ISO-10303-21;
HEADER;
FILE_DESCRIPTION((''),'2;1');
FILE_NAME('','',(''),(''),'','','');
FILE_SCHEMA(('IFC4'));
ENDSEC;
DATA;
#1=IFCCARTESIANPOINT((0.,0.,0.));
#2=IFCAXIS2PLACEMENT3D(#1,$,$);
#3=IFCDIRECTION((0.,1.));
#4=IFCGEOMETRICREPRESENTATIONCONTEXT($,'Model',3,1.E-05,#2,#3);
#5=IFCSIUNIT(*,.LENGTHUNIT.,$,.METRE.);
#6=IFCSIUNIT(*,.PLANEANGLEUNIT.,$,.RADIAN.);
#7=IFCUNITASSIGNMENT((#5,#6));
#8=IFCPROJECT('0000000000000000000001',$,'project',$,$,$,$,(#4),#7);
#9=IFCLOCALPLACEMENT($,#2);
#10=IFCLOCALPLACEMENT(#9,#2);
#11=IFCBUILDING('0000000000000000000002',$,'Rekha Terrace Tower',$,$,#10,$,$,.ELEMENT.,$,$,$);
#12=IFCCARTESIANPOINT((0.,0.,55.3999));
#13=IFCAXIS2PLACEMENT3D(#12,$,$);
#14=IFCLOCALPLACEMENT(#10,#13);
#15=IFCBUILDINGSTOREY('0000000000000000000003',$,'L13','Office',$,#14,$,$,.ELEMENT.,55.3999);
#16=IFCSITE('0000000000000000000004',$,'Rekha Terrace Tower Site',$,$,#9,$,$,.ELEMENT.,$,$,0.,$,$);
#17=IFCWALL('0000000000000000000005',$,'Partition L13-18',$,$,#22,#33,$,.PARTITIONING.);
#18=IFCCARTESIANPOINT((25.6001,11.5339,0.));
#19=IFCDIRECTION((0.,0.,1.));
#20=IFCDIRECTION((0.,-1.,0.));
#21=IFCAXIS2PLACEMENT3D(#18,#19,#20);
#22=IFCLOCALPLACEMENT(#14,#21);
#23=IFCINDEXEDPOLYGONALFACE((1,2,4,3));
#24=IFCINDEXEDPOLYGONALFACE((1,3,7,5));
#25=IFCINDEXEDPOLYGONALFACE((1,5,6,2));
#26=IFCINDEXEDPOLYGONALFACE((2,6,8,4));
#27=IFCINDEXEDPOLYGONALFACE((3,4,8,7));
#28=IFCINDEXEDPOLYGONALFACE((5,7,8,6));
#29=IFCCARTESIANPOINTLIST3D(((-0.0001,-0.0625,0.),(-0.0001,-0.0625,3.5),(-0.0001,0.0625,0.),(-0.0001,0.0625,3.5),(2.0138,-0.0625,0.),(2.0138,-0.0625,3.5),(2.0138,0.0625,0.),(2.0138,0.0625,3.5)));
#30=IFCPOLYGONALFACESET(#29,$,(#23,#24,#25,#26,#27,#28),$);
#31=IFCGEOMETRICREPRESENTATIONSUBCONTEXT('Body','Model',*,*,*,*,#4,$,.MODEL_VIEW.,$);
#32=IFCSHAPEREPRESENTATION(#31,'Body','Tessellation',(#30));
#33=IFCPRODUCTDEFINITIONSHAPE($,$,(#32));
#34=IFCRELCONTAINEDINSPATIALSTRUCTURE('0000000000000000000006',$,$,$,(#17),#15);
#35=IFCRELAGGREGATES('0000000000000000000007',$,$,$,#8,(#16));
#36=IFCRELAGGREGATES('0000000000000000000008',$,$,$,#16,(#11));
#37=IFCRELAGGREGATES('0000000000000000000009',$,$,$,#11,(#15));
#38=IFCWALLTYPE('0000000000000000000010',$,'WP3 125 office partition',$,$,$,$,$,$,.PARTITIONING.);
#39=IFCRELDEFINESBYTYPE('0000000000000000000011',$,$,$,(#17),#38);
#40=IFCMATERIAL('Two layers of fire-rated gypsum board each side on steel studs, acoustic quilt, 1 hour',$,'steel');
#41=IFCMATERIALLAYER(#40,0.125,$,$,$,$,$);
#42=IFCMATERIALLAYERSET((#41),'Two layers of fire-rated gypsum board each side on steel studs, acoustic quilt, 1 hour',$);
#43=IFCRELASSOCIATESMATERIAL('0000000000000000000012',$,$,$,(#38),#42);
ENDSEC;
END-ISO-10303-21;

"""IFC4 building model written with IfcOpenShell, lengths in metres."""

from ifc_helpers import new_model, si_unit, direction, frame, frame_2d, origin, place, context, subcontext, project, spatial, rectangle, extrude, material, layer, layer_set, type_object, element, save


model = new_model("IFC4")

# Units and contexts
model_context = context("Model", 3, precision=1e-05, world=origin(), true_north=direction((0.0, 1.0)))
body_context = subcontext(model_context, "Body", "Model", "MODEL_VIEW")
ifc_project = project(units=[si_unit("LENGTHUNIT", "METRE"), si_unit("PLANEANGLEUNIT", "RADIAN")], contexts=[model_context])

# Site, building, storey
site_placement = place(None, origin())
site = spatial("IfcSite", under=ifc_project, at=site_placement, Name="Rekha Terrace Tower Site", CompositionType="ELEMENT", RefElevation=0.0)
building_placement = place(site_placement, origin())
building = spatial("IfcBuilding", under=site, at=building_placement, Name="Rekha Terrace Tower", CompositionType="ELEMENT")
storey_placement = place(building_placement, frame((0.0, 0.0, 55.3999)))
storey = spatial("IfcBuildingStorey", under=building, at=storey_placement, Name="L13", Description="Office", CompositionType="ELEMENT", Elevation=55.3999)

# Wall
ifc_material_1 = material(Name="Two layers of fire-rated gypsum board each side on steel studs, acoustic quilt, 1 hour", Category="steel")
ifc_layer_1 = layer(ifc_material_1, 0.125)
ifc_layer_set_1 = layer_set([ifc_layer_1], Name="Two layers of fire-rated gypsum board each side on steel studs, acoustic quilt, 1 hour")
wall_type_1 = type_object("IfcWallType", Name="WP3 125 office partition", PredefinedType="PARTITIONING", material=ifc_layer_set_1)
wall_1_placement = place(storey_placement, frame((25.6001, 11.5339, 0.0), z_axis=(0.0, 0.0, 1.0), x_axis=(0.0, -1.0, 0.0)))
element("IfcWall", 1, at=wall_1_placement, inside=storey, type_object=wall_type_1, Name="Partition L13-18", PredefinedType="PARTITIONING", context=body_context, shape_type="SweptSolid", body=[
    extrude(rectangle(XDim=2.0139, YDim=0.125, at=frame_2d((1.0068, 0.0))), origin(), (0.0, 0.0, 1.0), 3.5),
])

save(model, "model.ifc")
